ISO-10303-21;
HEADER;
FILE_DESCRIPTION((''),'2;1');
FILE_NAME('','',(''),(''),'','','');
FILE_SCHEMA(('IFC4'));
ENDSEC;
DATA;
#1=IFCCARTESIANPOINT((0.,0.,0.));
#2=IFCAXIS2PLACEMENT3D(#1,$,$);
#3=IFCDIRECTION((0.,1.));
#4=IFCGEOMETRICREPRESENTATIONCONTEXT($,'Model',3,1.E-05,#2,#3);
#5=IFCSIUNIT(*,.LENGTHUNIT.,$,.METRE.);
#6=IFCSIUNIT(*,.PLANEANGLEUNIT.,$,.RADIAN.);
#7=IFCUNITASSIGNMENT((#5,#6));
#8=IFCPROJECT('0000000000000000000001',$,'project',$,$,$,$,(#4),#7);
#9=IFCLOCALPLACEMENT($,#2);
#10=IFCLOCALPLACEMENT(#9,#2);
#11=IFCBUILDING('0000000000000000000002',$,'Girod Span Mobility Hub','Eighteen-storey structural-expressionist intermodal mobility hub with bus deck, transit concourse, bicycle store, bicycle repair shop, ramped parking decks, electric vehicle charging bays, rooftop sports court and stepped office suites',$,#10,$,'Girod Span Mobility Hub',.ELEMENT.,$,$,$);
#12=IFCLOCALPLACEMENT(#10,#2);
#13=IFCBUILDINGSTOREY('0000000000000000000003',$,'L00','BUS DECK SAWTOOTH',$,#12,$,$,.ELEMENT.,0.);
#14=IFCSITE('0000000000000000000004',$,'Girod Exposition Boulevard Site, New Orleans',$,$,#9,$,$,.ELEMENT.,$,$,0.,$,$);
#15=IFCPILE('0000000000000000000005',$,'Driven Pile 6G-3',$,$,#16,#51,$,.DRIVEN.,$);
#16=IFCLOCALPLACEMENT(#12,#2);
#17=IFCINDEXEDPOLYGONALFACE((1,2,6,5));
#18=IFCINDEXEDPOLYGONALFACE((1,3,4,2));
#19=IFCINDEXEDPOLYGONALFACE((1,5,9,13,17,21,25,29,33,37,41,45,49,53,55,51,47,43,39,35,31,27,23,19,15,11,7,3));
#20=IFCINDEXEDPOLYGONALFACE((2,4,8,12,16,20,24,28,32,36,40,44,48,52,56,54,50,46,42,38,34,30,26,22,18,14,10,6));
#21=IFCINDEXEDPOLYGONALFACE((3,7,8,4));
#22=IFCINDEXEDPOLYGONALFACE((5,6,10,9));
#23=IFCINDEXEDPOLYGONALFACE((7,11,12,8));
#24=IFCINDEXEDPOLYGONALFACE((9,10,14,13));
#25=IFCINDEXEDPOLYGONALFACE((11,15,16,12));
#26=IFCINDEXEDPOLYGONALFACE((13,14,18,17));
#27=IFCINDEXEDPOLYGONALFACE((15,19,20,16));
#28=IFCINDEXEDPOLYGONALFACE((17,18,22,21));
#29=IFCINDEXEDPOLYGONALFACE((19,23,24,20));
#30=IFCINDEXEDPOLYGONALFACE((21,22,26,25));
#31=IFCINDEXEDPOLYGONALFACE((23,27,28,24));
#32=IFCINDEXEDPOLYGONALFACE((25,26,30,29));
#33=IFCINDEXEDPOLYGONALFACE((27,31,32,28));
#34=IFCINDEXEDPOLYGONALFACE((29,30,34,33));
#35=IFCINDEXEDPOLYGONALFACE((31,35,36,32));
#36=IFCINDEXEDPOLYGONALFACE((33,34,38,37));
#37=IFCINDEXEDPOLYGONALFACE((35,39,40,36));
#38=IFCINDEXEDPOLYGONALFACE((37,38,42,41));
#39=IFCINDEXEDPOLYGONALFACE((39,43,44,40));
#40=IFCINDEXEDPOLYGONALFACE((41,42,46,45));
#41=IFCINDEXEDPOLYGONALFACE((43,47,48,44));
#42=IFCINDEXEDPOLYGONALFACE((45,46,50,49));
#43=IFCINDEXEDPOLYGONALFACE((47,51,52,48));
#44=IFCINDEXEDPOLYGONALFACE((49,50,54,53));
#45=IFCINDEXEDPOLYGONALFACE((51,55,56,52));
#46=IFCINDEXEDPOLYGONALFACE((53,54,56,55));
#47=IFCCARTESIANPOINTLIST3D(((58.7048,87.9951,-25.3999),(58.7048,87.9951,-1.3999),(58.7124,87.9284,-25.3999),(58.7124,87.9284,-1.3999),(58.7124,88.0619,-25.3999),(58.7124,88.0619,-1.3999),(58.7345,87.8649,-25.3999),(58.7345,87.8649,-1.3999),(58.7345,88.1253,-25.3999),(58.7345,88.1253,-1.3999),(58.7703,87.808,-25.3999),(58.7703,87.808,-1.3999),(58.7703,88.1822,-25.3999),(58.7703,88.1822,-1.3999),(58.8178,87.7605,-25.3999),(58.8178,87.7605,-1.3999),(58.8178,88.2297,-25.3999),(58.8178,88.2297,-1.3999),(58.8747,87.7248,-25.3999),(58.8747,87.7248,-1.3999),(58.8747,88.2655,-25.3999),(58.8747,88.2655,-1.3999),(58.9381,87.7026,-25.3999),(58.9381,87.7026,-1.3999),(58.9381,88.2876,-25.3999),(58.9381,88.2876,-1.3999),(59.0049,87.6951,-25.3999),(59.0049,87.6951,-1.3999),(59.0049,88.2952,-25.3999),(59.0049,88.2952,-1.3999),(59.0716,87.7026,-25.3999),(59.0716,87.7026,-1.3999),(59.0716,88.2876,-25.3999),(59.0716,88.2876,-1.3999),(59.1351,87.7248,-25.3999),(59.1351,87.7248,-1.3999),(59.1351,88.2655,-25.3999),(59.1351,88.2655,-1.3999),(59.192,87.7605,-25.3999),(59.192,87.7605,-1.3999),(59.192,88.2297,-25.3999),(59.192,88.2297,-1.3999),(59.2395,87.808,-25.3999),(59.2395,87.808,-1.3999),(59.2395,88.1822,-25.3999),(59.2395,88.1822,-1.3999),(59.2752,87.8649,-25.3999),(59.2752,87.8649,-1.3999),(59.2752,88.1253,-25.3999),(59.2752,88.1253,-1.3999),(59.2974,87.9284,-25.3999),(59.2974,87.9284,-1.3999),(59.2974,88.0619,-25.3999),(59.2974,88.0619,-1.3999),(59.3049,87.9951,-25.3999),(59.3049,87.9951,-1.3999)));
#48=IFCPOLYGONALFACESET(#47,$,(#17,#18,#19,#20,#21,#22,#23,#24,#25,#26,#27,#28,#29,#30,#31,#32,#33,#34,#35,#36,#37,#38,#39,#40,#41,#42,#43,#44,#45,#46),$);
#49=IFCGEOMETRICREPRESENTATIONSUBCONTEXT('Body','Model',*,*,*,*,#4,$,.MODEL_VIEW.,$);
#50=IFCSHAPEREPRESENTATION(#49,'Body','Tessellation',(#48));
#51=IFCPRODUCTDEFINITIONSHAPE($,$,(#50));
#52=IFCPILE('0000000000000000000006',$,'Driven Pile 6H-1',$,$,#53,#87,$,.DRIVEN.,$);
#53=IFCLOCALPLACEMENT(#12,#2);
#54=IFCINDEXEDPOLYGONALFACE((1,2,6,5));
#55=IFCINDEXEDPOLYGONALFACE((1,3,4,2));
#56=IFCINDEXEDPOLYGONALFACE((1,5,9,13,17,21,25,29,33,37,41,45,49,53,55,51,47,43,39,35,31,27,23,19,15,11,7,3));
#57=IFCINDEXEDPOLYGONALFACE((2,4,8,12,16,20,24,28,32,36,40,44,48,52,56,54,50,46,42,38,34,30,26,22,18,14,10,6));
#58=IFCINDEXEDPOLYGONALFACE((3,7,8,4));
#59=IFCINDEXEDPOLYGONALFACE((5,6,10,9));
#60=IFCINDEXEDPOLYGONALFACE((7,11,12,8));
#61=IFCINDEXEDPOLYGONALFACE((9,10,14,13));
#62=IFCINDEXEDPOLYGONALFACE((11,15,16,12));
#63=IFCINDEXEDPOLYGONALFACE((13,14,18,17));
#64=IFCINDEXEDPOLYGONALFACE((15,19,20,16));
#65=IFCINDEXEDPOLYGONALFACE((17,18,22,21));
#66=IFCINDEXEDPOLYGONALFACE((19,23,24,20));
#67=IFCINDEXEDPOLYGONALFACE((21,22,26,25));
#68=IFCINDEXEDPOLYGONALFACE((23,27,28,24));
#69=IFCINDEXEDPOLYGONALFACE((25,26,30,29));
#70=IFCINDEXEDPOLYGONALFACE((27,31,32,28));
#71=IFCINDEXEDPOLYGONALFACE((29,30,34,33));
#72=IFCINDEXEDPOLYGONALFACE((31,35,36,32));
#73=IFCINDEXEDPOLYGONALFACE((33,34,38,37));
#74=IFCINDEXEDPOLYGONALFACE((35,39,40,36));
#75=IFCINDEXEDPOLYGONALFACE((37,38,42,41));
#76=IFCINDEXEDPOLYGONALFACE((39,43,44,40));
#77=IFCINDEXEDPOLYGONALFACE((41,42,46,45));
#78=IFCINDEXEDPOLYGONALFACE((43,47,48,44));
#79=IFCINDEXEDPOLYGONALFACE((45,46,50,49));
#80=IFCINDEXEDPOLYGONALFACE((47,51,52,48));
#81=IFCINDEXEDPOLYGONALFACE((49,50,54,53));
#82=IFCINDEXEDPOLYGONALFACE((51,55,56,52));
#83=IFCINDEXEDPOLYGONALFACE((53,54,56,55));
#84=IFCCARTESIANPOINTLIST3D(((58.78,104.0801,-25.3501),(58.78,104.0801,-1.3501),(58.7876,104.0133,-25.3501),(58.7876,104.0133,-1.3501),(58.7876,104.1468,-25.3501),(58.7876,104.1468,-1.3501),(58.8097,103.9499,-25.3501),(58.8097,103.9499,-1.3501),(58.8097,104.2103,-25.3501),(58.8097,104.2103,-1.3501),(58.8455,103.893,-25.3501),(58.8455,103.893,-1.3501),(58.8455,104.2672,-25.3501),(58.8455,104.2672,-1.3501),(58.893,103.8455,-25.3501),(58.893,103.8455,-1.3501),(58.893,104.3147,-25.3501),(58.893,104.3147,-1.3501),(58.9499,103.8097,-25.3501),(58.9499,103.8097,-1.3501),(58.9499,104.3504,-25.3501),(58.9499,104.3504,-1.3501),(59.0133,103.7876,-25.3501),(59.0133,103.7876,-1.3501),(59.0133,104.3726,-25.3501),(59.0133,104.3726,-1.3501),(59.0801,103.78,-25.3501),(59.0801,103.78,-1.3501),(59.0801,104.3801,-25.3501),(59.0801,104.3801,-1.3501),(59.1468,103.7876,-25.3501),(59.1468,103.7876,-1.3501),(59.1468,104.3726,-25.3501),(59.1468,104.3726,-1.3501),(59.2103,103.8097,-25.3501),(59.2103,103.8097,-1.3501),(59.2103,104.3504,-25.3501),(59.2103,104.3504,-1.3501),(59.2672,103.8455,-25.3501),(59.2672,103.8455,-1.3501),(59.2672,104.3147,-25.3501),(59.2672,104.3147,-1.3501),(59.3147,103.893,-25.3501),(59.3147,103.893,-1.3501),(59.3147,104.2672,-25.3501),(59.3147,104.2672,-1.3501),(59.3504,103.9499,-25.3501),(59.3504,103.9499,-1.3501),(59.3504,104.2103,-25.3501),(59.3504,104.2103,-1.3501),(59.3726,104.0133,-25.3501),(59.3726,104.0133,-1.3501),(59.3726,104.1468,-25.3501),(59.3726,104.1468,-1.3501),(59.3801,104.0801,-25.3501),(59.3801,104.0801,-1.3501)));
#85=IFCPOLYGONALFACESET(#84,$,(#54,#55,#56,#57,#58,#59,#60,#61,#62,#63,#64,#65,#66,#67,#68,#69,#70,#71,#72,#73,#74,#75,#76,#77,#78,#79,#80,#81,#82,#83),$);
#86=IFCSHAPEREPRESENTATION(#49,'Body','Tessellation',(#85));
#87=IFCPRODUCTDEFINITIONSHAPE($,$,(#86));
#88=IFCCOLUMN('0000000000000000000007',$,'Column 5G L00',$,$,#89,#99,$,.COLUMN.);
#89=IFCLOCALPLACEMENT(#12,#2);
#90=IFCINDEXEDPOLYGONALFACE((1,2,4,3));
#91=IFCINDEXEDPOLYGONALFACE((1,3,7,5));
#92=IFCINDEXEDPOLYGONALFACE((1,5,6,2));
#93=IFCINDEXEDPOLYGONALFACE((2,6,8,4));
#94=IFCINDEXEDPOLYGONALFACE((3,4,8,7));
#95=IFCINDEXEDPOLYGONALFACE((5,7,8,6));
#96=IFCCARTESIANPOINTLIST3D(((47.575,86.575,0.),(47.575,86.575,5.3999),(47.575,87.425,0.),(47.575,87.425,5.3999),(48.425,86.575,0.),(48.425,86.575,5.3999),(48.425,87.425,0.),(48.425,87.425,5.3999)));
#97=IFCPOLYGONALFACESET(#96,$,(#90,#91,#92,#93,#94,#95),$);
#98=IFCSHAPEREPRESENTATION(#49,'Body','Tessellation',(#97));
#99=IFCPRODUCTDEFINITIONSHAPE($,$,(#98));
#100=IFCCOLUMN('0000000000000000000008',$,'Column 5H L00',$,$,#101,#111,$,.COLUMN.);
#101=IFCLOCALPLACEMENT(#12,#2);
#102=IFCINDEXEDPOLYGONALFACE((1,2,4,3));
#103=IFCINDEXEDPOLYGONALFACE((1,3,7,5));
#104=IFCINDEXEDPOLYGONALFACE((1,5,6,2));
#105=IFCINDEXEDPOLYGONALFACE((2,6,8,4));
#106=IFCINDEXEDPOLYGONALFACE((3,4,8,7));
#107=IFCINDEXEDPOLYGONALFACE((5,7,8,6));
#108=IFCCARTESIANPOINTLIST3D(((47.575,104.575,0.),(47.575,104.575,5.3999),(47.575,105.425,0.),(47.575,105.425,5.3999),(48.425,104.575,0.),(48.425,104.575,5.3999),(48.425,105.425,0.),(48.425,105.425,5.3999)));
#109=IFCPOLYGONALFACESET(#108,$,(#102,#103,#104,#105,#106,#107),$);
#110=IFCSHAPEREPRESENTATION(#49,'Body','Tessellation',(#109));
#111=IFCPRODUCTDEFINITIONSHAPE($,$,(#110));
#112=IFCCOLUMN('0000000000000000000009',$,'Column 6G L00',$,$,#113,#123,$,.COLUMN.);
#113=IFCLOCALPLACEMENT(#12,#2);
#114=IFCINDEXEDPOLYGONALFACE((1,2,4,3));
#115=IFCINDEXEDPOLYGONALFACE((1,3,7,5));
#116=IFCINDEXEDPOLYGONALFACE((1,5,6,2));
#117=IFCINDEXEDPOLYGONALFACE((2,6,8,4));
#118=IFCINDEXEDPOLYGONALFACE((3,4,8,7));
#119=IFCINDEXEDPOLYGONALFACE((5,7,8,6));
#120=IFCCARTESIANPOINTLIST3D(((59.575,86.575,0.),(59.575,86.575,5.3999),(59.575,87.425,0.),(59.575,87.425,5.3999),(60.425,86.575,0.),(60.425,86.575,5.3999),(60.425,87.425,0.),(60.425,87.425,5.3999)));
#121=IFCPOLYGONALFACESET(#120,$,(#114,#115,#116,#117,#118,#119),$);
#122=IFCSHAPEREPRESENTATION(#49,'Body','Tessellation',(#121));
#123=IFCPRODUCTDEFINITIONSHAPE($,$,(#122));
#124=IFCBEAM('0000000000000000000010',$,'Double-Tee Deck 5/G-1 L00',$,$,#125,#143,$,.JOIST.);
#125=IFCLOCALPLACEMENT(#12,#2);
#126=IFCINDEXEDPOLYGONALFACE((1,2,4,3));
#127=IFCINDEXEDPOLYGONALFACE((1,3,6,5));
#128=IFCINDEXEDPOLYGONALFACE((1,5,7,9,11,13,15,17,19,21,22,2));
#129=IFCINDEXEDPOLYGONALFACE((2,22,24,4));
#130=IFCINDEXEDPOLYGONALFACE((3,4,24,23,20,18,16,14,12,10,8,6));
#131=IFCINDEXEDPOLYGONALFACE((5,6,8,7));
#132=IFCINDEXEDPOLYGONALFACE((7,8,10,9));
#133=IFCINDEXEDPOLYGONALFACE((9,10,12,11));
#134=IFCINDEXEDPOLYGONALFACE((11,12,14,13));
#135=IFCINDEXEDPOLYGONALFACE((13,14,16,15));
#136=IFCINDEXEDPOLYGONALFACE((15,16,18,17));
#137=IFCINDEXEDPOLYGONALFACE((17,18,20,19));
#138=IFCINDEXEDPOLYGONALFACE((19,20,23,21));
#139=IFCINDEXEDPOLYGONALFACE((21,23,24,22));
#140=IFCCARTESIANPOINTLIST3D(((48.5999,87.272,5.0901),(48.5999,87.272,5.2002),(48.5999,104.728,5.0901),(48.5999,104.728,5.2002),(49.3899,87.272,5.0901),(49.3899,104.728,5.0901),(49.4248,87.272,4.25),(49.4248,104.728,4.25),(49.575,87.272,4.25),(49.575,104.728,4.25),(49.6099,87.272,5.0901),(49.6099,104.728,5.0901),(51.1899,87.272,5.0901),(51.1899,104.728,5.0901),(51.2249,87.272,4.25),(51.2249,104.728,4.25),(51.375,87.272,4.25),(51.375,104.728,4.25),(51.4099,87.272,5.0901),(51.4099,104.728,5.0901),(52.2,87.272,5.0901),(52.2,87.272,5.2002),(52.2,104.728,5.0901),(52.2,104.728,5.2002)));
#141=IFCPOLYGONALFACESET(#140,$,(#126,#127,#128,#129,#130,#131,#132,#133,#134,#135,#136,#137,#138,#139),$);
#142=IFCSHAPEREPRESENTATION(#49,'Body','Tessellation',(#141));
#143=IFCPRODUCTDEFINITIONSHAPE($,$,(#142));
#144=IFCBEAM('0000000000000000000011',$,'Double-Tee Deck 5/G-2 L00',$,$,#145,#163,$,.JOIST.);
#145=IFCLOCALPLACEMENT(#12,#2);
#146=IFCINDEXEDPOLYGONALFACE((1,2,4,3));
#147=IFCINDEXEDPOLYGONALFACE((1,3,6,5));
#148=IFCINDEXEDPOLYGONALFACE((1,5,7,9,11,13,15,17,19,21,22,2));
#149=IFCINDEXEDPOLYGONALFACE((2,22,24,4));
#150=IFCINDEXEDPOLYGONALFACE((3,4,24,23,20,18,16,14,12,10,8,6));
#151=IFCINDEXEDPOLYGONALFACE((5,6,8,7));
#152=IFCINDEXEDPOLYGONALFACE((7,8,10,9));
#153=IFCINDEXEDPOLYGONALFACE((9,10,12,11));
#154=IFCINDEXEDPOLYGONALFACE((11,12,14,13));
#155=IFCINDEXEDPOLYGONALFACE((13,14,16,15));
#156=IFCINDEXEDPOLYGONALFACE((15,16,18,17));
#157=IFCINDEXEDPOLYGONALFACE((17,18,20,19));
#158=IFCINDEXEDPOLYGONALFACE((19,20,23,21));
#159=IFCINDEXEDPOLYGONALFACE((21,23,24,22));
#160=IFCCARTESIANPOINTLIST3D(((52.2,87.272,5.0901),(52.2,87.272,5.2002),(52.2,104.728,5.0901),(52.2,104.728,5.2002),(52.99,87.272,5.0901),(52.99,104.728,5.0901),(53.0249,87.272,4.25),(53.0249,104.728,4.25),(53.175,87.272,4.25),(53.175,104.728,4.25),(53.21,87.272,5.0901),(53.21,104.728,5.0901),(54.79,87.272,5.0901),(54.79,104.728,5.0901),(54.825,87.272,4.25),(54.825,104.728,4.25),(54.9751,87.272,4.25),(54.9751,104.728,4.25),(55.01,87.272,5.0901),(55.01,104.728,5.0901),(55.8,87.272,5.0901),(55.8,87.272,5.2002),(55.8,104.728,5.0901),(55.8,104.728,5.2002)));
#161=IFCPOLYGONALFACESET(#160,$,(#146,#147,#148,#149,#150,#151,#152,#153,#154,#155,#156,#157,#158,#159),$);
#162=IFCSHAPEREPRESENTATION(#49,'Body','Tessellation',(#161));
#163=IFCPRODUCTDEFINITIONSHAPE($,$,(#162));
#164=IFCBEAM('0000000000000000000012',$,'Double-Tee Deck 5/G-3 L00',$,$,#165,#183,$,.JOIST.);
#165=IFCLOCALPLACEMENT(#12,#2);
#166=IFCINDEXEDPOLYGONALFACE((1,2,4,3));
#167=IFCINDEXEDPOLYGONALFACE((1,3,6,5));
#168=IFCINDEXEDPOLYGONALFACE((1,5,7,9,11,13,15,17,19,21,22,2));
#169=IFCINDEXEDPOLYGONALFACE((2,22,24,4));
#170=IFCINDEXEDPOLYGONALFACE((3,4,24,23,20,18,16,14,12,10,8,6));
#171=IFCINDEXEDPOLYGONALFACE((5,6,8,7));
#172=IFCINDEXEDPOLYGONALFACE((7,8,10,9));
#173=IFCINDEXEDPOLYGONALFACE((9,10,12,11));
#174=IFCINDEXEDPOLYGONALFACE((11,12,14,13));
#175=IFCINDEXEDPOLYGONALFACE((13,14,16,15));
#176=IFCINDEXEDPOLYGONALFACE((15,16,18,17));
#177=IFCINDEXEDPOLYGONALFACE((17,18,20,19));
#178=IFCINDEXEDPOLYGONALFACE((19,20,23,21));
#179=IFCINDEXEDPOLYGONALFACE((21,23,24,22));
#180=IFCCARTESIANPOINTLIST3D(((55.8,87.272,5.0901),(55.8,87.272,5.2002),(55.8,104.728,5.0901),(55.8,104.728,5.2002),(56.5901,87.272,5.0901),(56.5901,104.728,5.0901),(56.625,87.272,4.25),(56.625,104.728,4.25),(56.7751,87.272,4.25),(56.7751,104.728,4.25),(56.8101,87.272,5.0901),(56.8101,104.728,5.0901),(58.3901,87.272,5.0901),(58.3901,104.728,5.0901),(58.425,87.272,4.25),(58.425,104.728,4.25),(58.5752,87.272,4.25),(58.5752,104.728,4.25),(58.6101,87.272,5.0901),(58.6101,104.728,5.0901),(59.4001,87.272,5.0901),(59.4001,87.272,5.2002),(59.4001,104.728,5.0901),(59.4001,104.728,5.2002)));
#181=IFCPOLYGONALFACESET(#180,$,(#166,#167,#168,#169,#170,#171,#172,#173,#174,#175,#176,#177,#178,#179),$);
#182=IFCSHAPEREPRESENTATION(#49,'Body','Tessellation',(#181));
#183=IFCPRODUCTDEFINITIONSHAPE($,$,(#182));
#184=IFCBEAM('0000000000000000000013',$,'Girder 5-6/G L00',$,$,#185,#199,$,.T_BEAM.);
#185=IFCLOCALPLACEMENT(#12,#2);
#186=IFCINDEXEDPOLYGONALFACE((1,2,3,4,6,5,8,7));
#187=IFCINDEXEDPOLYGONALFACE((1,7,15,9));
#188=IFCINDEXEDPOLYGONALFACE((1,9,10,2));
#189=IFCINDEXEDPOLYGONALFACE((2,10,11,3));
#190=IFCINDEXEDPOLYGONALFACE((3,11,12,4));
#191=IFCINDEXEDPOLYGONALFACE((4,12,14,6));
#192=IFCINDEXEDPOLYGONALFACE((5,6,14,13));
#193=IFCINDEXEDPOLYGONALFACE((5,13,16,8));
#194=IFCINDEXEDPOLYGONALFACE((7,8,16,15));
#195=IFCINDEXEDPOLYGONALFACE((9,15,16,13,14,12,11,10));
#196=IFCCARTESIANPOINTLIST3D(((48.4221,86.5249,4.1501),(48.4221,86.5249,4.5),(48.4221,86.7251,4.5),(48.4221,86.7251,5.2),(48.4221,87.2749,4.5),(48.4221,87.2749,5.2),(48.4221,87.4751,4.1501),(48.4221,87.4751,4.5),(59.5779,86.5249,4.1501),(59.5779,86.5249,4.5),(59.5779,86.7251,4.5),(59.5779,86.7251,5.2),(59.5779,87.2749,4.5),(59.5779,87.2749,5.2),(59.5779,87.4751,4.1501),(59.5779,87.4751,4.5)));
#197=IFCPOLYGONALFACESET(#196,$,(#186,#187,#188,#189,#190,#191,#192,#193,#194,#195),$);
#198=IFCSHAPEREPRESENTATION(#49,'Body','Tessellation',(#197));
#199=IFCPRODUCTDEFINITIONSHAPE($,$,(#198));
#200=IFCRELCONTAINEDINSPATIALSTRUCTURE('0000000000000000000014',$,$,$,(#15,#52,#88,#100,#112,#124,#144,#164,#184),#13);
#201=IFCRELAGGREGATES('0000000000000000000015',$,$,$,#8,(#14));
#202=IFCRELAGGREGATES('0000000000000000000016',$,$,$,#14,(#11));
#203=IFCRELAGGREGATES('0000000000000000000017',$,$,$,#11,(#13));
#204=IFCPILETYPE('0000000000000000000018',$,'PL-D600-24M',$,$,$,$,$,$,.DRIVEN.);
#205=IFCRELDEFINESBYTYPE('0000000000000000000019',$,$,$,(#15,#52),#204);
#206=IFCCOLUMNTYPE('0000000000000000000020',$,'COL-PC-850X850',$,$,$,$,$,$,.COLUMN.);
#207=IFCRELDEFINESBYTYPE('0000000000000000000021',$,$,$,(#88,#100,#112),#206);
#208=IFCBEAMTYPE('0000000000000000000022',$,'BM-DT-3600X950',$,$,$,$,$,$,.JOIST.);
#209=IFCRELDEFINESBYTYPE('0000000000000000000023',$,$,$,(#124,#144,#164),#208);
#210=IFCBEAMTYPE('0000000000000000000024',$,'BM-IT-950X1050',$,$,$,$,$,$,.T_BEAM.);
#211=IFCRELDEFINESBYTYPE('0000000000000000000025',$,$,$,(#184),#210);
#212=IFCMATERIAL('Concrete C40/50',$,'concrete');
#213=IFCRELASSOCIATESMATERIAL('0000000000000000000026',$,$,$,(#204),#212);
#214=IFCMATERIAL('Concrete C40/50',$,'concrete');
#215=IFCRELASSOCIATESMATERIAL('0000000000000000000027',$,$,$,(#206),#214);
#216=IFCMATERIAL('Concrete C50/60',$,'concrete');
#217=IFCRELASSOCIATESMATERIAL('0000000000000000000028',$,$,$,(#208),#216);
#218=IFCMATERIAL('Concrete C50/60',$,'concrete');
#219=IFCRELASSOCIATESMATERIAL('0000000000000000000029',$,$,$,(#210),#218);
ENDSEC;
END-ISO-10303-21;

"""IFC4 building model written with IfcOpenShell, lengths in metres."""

from ifc_helpers import new_model, si_unit, direction, frame, origin, origin_2d, place, context, subcontext, project, spatial, polyline, rectangle, circle, outline, extrude, material, material_profile, profile_set, type_object, element, save


model = new_model("IFC4")

# Units and contexts
model_context = context("Model", 3, precision=1e-05, world=origin(), true_north=direction((0.0, 1.0)))
body_context = subcontext(model_context, "Body", "Model", "MODEL_VIEW")
ifc_project = project(units=[si_unit("LENGTHUNIT", "METRE"), si_unit("PLANEANGLEUNIT", "RADIAN")], contexts=[model_context])

# Site, building, storey
site_placement = place(None, origin())
site = spatial("IfcSite", under=ifc_project, at=site_placement, Name="Girod Exposition Boulevard Site, New Orleans", CompositionType="ELEMENT", RefElevation=0.0)
building_placement = place(site_placement, origin())
building = spatial("IfcBuilding", under=site, at=building_placement, Name="Girod Span Mobility Hub", Description="Eighteen-storey structural-expressionist intermodal mobility hub with bus deck, transit concourse, bicycle store, bicycle repair shop, ramped parking decks, electric vehicle charging bays, rooftop sports court and stepped office suites", LongName="Girod Span Mobility Hub", CompositionType="ELEMENT")
storey_placement = place(building_placement, origin())
storey = spatial("IfcBuildingStorey", under=building, at=storey_placement, Name="L00", Description="BUS DECK SAWTOOTH", CompositionType="ELEMENT", Elevation=0.0)

# Piles
ifc_material_1 = material(Name="Concrete C40/50", Category="concrete")
ifc_material_profile_1 = material_profile(ifc_material_1, circle(Radius=0.3, at=origin_2d()), Name="PILE-D600")
ifc_profile_set_1 = profile_set([ifc_material_profile_1], Name="Concrete C40/50")
pile_type = type_object("IfcPileType", Name="PL-D600-24M", PredefinedType="DRIVEN", material=ifc_profile_set_1)
for number, where, z_axis, x_axis, name in (
    (1, (59.0049, 87.9951, -1.3999), (0.0, 0.0, -1.0), (1.0, 0.0, 0.0), "Driven Pile 6G-3"),
    (2, (59.0801, 104.0801, -1.3501), (0.0, 0.0, -1.0), (1.0, 0.0, 0.0), "Driven Pile 6H-1"),
):
    element("IfcPile", number, at=place(storey_placement, frame(where, z_axis=z_axis, x_axis=x_axis)), inside=storey, type_object=pile_type, Name=name, PredefinedType="DRIVEN", context=body_context, shape_type="SweptSolid", body=[
        extrude(circle(Radius=0.3, at=origin_2d()), origin(), (0.0, 0.0, 1.0), 24.0),
    ])

# Columns
ifc_material_2 = material(Name="Concrete C40/50", Category="concrete")
ifc_material_profile_2 = material_profile(ifc_material_2, rectangle(XDim=0.8501, YDim=0.8501, at=origin_2d()), Name="PC-COL-850X850")
ifc_profile_set_2 = profile_set([ifc_material_profile_2], Name="Concrete C40/50")
column_type = type_object("IfcColumnType", Name="COL-PC-850X850", PredefinedType="COLUMN", material=ifc_profile_set_2)
for number, where, z_axis, x_axis, name in (
    (3, (48.0, 87.0, 0.0), (0.0, 0.0, 1.0), (1.0, 0.0, 0.0), "Column 5G L00"),
    (4, (48.0, 105.0, 0.0), (0.0, 0.0, 1.0), (1.0, 0.0, 0.0), "Column 5H L00"),
    (5, (60.0, 87.0, 0.0), (0.0, 0.0, 1.0), (1.0, 0.0, 0.0), "Column 6G L00"),
):
    element("IfcColumn", number, at=place(storey_placement, frame(where, z_axis=z_axis, x_axis=x_axis)), inside=storey, type_object=column_type, Name=name, PredefinedType="COLUMN", context=body_context, shape_type="SweptSolid", body=[
        extrude(rectangle(XDim=0.8501, YDim=0.8501, at=origin_2d()), origin(), (0.0, 0.0, 1.0), 5.3999),
    ])

# Beams
ifc_material_3 = material(Name="Concrete C50/60", Category="concrete")
ifc_material_profile_3 = material_profile(ifc_material_3, outline(polyline([(-1.8, 0.4751), (-1.8, 0.365), (-1.01, 0.365), (-0.9751, -0.4751), (-0.825, -0.4751), (-0.79, 0.365), (0.79, 0.365), (0.825, -0.4751), (0.9751, -0.4751), (1.01, 0.365), (1.8, 0.365), (1.8, 0.4751), (-1.8, 0.4751)])), Name="DT-3600X950")
ifc_profile_set_3 = profile_set([ifc_material_profile_3], Name="Concrete C50/60")
beam_type_1 = type_object("IfcBeamType", Name="BM-DT-3600X950", PredefinedType="JOIST", material=ifc_profile_set_3)
for number, where, z_axis, x_axis, name in (
    (6, (50.3999, 87.272, 4.7251), (0.0, 1.0, 0.0), (-1.0, 0.0, 0.0), "Double-Tee Deck 5/G-1 L00"),
    (7, (54.0, 87.272, 4.7251), (0.0, 1.0, 0.0), (-1.0, 0.0, 0.0), "Double-Tee Deck 5/G-2 L00"),
    (8, (57.6001, 87.272, 4.7251), (0.0, 1.0, 0.0), (-1.0, 0.0, 0.0), "Double-Tee Deck 5/G-3 L00"),
):
    element("IfcBeam", number, at=place(storey_placement, frame(where, z_axis=z_axis, x_axis=x_axis)), inside=storey, type_object=beam_type_1, Name=name, PredefinedType="JOIST", context=body_context, shape_type="SweptSolid", body=[
        extrude(outline(polyline([(-1.8, 0.4751), (-1.8, 0.365), (-1.01, 0.365), (-0.9751, -0.4751), (-0.825, -0.4751), (-0.79, 0.365), (0.79, 0.365), (0.825, -0.4751), (0.9751, -0.4751), (1.01, 0.365), (1.8, 0.365), (1.8, 0.4751), (-1.8, 0.4751)])), origin(), (0.0, 0.0, 1.0), 17.4561),
    ])
ifc_material_4 = material(Name="Concrete C50/60", Category="concrete")
ifc_material_profile_4 = material_profile(ifc_material_4, outline(polyline([(-0.4751, -0.5249), (0.4751, -0.5249), (0.4751, -0.175), (0.2749, -0.175), (0.2749, 0.5249), (-0.2749, 0.5249), (-0.2749, -0.175), (-0.4751, -0.175), (-0.4751, -0.5249)])), Name="IT-950X1050")
ifc_profile_set_4 = profile_set([ifc_material_profile_4], Name="Concrete C50/60")
beam_type_2 = type_object("IfcBeamType", Name="BM-IT-950X1050", PredefinedType="T_BEAM", material=ifc_profile_set_4)
for number, where, z_axis, x_axis, name in (
    (9, (48.4221, 87.0, 4.675), (1.0, 0.0, 0.0), (0.0, 1.0, 0.0), "Girder 5-6/G L00"),
):
    element("IfcBeam", number, at=place(storey_placement, frame(where, z_axis=z_axis, x_axis=x_axis)), inside=storey, type_object=beam_type_2, Name=name, PredefinedType="T_BEAM", context=body_context, shape_type="SweptSolid", body=[
        extrude(outline(polyline([(-0.4751, -0.5249), (0.4751, -0.5249), (0.4751, -0.175), (0.2749, -0.175), (0.2749, 0.5249), (-0.2749, 0.5249), (-0.2749, -0.175), (-0.4751, -0.175), (-0.4751, -0.5249)])), origin(), (0.0, 0.0, 1.0), 11.1558),
    ])

save(model, "model.ifc")
